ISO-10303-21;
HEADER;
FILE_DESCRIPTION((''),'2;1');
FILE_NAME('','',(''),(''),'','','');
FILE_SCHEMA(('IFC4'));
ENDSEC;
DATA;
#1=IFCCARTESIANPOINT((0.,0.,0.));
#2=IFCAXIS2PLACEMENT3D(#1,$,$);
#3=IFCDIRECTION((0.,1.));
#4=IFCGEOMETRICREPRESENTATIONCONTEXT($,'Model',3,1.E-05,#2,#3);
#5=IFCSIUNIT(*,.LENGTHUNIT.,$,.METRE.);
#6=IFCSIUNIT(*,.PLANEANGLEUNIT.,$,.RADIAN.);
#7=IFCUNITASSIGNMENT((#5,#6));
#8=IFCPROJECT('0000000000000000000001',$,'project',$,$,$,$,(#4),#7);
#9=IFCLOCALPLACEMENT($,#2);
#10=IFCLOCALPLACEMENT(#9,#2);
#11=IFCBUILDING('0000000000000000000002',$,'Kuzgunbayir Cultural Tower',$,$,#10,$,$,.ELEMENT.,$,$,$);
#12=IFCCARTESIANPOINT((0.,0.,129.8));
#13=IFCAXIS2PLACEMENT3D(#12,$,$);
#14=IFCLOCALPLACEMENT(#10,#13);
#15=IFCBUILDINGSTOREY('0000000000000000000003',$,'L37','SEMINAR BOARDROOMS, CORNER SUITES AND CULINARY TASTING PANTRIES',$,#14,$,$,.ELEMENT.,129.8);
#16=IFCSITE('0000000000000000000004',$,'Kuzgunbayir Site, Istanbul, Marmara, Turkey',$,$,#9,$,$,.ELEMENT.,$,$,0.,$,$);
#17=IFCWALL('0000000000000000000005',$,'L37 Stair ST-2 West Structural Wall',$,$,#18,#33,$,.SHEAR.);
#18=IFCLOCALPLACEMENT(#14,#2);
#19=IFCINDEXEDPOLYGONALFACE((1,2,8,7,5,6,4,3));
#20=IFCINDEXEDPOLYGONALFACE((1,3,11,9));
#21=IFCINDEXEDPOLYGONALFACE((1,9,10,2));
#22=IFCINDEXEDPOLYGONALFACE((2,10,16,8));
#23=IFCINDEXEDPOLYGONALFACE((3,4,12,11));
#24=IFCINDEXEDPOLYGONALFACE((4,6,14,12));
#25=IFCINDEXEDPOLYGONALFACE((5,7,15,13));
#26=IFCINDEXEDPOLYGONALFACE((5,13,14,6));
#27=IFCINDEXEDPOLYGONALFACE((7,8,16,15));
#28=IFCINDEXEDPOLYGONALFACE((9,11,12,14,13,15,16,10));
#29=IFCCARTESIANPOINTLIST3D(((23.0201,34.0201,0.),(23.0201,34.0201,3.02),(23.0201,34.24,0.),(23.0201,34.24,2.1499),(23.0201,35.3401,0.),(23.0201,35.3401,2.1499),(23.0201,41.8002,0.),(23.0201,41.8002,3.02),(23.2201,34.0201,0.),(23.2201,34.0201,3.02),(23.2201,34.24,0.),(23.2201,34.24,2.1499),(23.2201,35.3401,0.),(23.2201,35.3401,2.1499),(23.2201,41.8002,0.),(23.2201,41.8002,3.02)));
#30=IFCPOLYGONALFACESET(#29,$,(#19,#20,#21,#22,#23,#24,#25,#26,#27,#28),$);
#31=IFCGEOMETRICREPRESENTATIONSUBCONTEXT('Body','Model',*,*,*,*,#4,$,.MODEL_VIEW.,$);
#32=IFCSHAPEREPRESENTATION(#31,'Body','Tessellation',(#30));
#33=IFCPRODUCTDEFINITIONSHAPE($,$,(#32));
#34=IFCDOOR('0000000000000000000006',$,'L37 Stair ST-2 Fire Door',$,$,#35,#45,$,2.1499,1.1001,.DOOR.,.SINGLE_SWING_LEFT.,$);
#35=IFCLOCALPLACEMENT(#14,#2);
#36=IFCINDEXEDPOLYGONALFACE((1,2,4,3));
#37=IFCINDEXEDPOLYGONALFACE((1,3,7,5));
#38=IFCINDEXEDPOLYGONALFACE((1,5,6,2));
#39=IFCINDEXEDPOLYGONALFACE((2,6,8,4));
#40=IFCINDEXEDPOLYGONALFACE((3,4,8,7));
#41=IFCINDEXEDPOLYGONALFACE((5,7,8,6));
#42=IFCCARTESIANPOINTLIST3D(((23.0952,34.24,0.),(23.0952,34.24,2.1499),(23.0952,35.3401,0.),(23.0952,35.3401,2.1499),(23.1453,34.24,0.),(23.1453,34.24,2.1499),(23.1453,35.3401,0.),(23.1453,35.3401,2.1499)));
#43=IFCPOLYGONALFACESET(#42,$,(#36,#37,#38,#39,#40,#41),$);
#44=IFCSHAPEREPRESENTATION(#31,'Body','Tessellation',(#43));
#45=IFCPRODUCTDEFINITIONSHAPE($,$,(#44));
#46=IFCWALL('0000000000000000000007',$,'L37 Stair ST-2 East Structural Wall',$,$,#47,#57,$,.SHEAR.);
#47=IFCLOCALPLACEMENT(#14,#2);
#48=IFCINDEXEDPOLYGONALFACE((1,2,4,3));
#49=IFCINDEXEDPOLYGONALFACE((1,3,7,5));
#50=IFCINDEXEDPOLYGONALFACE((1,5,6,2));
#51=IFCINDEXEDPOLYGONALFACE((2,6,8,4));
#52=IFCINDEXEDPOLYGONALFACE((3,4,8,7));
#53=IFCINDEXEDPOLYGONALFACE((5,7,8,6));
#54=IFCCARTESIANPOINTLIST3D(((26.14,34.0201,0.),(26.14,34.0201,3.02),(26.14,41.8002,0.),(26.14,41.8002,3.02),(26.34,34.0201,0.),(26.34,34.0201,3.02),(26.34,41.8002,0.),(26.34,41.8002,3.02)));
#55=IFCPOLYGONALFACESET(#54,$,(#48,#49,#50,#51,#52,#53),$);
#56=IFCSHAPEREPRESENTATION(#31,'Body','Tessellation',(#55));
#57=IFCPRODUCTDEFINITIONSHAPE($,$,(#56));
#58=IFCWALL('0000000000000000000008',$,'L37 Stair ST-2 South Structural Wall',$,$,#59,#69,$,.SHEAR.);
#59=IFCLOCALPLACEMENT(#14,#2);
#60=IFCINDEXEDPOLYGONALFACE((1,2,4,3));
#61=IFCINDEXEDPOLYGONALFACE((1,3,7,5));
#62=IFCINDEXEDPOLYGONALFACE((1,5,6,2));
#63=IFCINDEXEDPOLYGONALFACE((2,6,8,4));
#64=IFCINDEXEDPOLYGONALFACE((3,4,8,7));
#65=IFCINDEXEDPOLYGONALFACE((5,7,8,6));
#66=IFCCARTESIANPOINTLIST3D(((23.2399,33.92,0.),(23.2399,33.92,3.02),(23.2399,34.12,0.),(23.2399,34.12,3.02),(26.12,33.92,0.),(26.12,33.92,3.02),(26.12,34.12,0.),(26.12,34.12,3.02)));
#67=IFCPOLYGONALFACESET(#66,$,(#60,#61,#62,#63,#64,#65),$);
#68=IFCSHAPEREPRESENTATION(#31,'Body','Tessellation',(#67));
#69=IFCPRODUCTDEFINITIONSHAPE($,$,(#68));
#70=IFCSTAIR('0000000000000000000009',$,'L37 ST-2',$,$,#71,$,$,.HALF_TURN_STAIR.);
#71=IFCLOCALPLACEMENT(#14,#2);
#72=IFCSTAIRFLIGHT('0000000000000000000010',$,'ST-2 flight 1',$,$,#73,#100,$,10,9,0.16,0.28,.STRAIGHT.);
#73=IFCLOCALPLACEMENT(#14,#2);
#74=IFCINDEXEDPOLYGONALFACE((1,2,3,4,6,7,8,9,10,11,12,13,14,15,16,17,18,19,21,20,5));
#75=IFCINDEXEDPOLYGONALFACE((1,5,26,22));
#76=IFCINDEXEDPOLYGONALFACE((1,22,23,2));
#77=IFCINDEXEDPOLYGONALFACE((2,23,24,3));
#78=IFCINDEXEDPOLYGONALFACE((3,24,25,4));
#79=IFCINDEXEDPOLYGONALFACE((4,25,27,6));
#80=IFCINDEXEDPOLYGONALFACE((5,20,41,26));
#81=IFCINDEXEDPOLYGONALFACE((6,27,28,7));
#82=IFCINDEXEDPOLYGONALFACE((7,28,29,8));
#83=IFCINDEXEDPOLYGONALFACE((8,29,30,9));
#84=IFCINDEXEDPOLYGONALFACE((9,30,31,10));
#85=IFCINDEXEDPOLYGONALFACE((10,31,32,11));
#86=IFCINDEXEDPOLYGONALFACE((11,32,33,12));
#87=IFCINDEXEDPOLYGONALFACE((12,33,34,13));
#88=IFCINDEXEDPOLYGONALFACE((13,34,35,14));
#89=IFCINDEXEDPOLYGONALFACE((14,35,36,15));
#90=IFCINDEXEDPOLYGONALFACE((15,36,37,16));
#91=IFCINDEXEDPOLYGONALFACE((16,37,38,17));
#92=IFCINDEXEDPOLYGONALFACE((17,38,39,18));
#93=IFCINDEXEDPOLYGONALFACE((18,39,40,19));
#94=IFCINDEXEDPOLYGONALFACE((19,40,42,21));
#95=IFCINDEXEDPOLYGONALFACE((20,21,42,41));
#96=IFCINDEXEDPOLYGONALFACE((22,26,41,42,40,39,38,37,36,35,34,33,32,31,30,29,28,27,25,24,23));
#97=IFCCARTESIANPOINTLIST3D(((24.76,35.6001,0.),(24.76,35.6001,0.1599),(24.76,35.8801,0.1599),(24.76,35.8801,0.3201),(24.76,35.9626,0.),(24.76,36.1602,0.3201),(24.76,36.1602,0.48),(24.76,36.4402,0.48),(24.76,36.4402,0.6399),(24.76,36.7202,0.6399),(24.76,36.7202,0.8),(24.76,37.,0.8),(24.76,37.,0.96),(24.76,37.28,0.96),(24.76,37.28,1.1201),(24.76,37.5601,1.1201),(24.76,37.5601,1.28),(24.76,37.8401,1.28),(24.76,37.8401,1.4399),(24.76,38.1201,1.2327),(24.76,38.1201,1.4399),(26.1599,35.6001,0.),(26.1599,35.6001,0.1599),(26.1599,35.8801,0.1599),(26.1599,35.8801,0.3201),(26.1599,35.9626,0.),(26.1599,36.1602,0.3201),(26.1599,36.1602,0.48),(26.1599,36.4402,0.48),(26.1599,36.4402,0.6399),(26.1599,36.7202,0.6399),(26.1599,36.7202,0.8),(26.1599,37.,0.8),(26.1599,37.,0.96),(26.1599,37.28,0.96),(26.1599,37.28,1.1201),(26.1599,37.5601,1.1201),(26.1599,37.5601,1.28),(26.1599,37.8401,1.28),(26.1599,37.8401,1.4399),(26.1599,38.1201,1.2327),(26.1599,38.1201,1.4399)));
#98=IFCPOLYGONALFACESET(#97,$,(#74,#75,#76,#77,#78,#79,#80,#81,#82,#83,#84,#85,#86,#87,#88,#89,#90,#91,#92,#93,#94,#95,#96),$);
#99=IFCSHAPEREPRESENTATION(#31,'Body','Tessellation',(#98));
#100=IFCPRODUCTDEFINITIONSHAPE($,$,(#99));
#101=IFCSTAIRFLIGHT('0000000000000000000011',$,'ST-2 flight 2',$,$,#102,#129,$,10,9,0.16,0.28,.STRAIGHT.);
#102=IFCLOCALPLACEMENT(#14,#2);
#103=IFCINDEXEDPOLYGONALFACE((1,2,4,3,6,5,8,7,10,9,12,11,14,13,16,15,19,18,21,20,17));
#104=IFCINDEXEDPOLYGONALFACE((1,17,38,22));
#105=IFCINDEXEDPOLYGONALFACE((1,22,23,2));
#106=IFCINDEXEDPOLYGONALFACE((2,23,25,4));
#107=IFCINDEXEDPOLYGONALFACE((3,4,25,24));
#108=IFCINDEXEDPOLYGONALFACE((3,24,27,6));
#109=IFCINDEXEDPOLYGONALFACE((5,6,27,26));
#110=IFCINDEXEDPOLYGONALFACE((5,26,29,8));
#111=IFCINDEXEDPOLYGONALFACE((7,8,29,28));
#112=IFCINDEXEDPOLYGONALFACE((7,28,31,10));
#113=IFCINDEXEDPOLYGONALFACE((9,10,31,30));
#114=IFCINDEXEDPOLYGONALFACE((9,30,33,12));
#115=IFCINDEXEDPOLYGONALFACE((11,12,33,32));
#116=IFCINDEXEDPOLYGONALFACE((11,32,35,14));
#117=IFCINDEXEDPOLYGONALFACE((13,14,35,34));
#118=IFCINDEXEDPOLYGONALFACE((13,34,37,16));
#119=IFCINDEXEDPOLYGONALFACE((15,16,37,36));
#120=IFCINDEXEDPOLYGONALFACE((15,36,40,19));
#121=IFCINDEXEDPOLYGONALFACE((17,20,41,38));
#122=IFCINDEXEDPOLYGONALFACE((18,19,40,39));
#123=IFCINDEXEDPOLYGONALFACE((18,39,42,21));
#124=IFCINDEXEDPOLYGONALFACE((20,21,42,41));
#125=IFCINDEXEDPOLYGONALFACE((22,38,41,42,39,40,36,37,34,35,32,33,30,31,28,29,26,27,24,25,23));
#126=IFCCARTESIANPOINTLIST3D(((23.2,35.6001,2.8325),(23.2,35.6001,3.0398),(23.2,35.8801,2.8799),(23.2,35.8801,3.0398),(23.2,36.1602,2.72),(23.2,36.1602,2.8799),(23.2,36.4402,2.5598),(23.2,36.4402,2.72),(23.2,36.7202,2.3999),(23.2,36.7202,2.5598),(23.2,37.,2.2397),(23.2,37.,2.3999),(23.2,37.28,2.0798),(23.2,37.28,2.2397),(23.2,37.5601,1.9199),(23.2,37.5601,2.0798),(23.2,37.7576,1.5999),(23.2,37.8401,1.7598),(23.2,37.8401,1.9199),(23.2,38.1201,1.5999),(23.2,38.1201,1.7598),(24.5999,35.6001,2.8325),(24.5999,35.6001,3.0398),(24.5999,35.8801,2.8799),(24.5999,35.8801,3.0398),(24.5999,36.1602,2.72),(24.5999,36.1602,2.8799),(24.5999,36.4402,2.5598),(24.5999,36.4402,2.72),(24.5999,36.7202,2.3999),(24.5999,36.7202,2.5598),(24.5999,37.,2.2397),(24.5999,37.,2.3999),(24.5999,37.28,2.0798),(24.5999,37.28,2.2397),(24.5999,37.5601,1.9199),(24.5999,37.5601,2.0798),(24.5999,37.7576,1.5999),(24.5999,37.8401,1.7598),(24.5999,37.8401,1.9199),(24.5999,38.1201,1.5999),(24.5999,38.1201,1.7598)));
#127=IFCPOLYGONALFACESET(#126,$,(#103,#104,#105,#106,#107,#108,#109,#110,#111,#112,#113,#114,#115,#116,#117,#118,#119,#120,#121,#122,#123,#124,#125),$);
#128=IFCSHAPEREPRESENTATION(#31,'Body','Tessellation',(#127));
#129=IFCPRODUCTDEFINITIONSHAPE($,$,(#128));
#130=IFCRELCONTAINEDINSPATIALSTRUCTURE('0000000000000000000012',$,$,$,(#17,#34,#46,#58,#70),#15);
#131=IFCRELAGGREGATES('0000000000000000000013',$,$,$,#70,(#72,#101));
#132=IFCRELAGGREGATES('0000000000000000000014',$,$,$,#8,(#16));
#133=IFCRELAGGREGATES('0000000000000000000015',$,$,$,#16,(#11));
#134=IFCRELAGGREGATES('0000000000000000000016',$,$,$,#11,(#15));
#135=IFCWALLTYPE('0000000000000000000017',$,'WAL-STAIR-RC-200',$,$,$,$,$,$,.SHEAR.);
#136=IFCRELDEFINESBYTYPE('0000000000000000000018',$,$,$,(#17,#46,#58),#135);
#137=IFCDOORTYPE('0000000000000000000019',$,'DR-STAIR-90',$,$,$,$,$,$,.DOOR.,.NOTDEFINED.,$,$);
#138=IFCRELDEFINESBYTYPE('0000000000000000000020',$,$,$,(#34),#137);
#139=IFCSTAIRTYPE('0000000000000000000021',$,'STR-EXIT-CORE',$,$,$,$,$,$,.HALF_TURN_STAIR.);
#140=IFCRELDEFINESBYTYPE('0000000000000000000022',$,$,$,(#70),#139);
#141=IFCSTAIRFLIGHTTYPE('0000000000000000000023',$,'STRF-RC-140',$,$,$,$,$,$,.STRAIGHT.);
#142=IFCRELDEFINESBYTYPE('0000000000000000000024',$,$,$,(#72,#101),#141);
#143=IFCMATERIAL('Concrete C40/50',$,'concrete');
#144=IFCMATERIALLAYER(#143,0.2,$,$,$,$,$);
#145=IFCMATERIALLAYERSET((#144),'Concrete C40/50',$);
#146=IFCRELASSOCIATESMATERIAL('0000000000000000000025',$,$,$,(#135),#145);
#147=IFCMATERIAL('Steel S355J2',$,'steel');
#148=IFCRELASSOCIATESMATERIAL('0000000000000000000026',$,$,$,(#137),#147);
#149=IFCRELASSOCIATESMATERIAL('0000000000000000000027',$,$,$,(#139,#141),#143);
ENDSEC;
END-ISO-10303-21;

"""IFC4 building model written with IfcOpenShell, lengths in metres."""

from ifc_helpers import new_model, si_unit, direction, frame, frame_2d, origin, place, context, subcontext, project, spatial, polyline, rectangle, outline, extrude, material, layer, layer_set, type_object, element, fill, aggregate, save


model = new_model("IFC4")

# Units and contexts
model_context = context("Model", 3, precision=1e-05, world=origin(), true_north=direction((0.0, 1.0)))
body_context = subcontext(model_context, "Body", "Model", "MODEL_VIEW")
ifc_project = project(units=[si_unit("LENGTHUNIT", "METRE"), si_unit("PLANEANGLEUNIT", "RADIAN")], contexts=[model_context])

# Site, building, storey
site_placement = place(None, origin())
site = spatial("IfcSite", under=ifc_project, at=site_placement, Name="Kuzgunbayir Site, Istanbul, Marmara, Turkey", CompositionType="ELEMENT", RefElevation=0.0)
building_placement = place(site_placement, origin())
building = spatial("IfcBuilding", under=site, at=building_placement, Name="Kuzgunbayir Cultural Tower", CompositionType="ELEMENT")
storey_placement = place(building_placement, frame((0.0, 0.0, 129.8)))
storey = spatial("IfcBuildingStorey", under=building, at=storey_placement, Name="L37", Description="SEMINAR BOARDROOMS, CORNER SUITES AND CULINARY TASTING PANTRIES", CompositionType="ELEMENT", Elevation=129.8)

# Shared definitions
ifc_material_1 = material(Name="Steel S355J2", Category="steel")

# Shared definitions
ifc_material_2 = material(Name="Concrete C40/50", Category="concrete")

# Wall, opening, door
ifc_layer_1 = layer(ifc_material_2, 0.2)
ifc_layer_set_1 = layer_set([ifc_layer_1], Name="Concrete C40/50")
wall_type_1 = type_object("IfcWallType", Name="WAL-STAIR-RC-200", PredefinedType="SHEAR", material=ifc_layer_set_1)
wall_1_placement = place(storey_placement, frame((23.1201, 34.02, 0.0), z_axis=(0.0, 0.0, 1.0), x_axis=(0.0, 1.0, 0.0)))
wall_1 = element("IfcWall", 1, at=wall_1_placement, inside=storey, type_object=wall_type_1, Name="L37 Stair ST-2 West Structural Wall", PredefinedType="SHEAR", context=body_context, shape_type="SweptSolid", body=[
    extrude(rectangle(XDim=7.78, YDim=0.2, at=frame_2d((3.8901, 0.0))), origin(), (0.0, 0.0, 1.0), 3.02),
])
opening_1_placement = place(wall_1_placement, frame((0.22, 0.0, 0.0)))
opening_1 = element("IfcOpeningElement", 2, at=opening_1_placement, cuts=wall_1, PredefinedType="OPENING", context=body_context, shape_type="SweptSolid", body=[
    extrude(rectangle(XDim=1.1001, YDim=2.1499, at=frame_2d((0.55, 1.075))), frame((0.0, 0.1099, 0.0), z_axis=(0.0, -1.0, 0.0), x_axis=(1.0, 0.0, 0.0)), (0.0, 0.0, 1.0), 0.22),
])
door_type_1 = type_object("IfcDoorType", Name="DR-STAIR-90", OperationType="NOTDEFINED", PredefinedType="DOOR", material=ifc_material_1)
door_1_placement = place(opening_1_placement, origin())
door_1 = element("IfcDoor", 3, at=door_1_placement, inside=storey, type_object=door_type_1, Name="L37 Stair ST-2 Fire Door", OperationType="SINGLE_SWING_LEFT", OverallHeight=2.1499, OverallWidth=1.1001, PredefinedType="DOOR", context=body_context, shape_type="SweptSolid", body=[
    extrude(rectangle(XDim=1.1001, YDim=2.1499, at=frame_2d((0.55, 1.075))), frame((0.0, 0.0249, 0.0), z_axis=(0.0, -1.0, 0.0), x_axis=(1.0, 0.0, 0.0)), (0.0, 0.0, 1.0), 0.05),
])
fill(opening_1, door_1)

# Walls
wall_2_placement = place(storey_placement, frame((26.24, 34.02, 0.0), z_axis=(0.0, 0.0, 1.0), x_axis=(0.0, 1.0, 0.0)))
element("IfcWall", 4, at=wall_2_placement, inside=storey, type_object=wall_type_1, Name="L37 Stair ST-2 East Structural Wall", PredefinedType="SHEAR", context=body_context, shape_type="SweptSolid", body=[
    extrude(rectangle(XDim=7.78, YDim=0.2, at=frame_2d((3.8901, 0.0))), origin(), (0.0, 0.0, 1.0), 3.02),
])
wall_3_placement = place(storey_placement, frame((23.24, 34.02, 0.0), z_axis=(0.0, 0.0, 1.0), x_axis=(1.0, 0.0, 0.0)))
element("IfcWall", 5, at=wall_3_placement, inside=storey, type_object=wall_type_1, Name="L37 Stair ST-2 South Structural Wall", PredefinedType="SHEAR", context=body_context, shape_type="SweptSolid", body=[
    extrude(rectangle(XDim=2.8801, YDim=0.2, at=frame_2d((1.4399, 0.0))), origin(), (0.0, 0.0, 1.0), 3.02),
])

# Stair, stair flights
stair_type = type_object("IfcStairType", Name="STR-EXIT-CORE", PredefinedType="HALF_TURN_STAIR", material=ifc_material_2)
stair_placement = place(storey_placement, origin())
stair = element("IfcStair", 6, at=stair_placement, inside=storey, type_object=stair_type, Name="L37 ST-2", PredefinedType="HALF_TURN_STAIR")
stair_flight_type = type_object("IfcStairFlightType", Name="STRF-RC-140", PredefinedType="STRAIGHT", material=ifc_material_2)
stair_flight_1_placement = place(storey_placement, frame((25.46, 35.6001, 0.0), z_axis=(0.0, 0.0, 1.0), x_axis=(0.0, 1.0, 0.0)))
stair_flight_1 = element("IfcStairFlight", 7, at=stair_flight_1_placement, type_object=stair_flight_type, Name="ST-2 flight 1", NumberOfRisers=10, NumberOfTreads=9, PredefinedType="STRAIGHT", RiserHeight=0.16, TreadLength=0.28, context=body_context, shape_type="SweptSolid", body=[
    extrude(outline(polyline([(0.0, 0.0), (0.0, 0.1599), (0.28, 0.1599), (0.28, 0.3201), (0.5601, 0.3201), (0.5601, 0.48), (0.8401, 0.48), (0.8401, 0.6399), (1.1201, 0.6399), (1.1201, 0.8), (1.3999, 0.8), (1.3999, 0.96), (1.6799, 0.96), (1.6799, 1.1201), (1.96, 1.1201), (1.96, 1.28), (2.24, 1.28), (2.24, 1.4399), (2.52, 1.4399), (2.52, 1.6001), (2.52, 1.2327), (0.3625, 0.0), (0.0, 0.0)])), frame((0.0, 0.7, 0.0), z_axis=(0.0, -1.0, 0.0), x_axis=(1.0, 0.0, 0.0)), (0.0, 0.0, 1.0), 1.3999),
])
stair_flight_2_placement = place(storey_placement, frame((23.8999, 38.1201, 1.5999), z_axis=(0.0, 0.0, 1.0), x_axis=(0.0, -1.0, 0.0)))
stair_flight_2 = element("IfcStairFlight", 8, at=stair_flight_2_placement, type_object=stair_flight_type, Name="ST-2 flight 2", NumberOfRisers=10, NumberOfTreads=9, PredefinedType="STRAIGHT", RiserHeight=0.16, TreadLength=0.28, context=body_context, shape_type="SweptSolid", body=[
    extrude(outline(polyline([(0.0, 0.0), (0.0, 0.1599), (0.28, 0.1599), (0.28, 0.3201), (0.5601, 0.3201), (0.5601, 0.48), (0.8401, 0.48), (0.8401, 0.6399), (1.1201, 0.6399), (1.1201, 0.8), (1.3999, 0.8), (1.3999, 0.96), (1.6799, 0.96), (1.6799, 1.1201), (1.96, 1.1201), (1.96, 1.28), (2.24, 1.28), (2.24, 1.4399), (2.52, 1.4399), (2.52, 1.6001), (2.52, 1.2327), (0.3625, 0.0), (0.0, 0.0)])), frame((0.0, 0.7, 0.0), z_axis=(0.0, -1.0, 0.0), x_axis=(1.0, 0.0, 0.0)), (0.0, 0.0, 1.0), 1.3999),
])
aggregate(stair, [stair_flight_1, stair_flight_2])

save(model, "model.ifc")
